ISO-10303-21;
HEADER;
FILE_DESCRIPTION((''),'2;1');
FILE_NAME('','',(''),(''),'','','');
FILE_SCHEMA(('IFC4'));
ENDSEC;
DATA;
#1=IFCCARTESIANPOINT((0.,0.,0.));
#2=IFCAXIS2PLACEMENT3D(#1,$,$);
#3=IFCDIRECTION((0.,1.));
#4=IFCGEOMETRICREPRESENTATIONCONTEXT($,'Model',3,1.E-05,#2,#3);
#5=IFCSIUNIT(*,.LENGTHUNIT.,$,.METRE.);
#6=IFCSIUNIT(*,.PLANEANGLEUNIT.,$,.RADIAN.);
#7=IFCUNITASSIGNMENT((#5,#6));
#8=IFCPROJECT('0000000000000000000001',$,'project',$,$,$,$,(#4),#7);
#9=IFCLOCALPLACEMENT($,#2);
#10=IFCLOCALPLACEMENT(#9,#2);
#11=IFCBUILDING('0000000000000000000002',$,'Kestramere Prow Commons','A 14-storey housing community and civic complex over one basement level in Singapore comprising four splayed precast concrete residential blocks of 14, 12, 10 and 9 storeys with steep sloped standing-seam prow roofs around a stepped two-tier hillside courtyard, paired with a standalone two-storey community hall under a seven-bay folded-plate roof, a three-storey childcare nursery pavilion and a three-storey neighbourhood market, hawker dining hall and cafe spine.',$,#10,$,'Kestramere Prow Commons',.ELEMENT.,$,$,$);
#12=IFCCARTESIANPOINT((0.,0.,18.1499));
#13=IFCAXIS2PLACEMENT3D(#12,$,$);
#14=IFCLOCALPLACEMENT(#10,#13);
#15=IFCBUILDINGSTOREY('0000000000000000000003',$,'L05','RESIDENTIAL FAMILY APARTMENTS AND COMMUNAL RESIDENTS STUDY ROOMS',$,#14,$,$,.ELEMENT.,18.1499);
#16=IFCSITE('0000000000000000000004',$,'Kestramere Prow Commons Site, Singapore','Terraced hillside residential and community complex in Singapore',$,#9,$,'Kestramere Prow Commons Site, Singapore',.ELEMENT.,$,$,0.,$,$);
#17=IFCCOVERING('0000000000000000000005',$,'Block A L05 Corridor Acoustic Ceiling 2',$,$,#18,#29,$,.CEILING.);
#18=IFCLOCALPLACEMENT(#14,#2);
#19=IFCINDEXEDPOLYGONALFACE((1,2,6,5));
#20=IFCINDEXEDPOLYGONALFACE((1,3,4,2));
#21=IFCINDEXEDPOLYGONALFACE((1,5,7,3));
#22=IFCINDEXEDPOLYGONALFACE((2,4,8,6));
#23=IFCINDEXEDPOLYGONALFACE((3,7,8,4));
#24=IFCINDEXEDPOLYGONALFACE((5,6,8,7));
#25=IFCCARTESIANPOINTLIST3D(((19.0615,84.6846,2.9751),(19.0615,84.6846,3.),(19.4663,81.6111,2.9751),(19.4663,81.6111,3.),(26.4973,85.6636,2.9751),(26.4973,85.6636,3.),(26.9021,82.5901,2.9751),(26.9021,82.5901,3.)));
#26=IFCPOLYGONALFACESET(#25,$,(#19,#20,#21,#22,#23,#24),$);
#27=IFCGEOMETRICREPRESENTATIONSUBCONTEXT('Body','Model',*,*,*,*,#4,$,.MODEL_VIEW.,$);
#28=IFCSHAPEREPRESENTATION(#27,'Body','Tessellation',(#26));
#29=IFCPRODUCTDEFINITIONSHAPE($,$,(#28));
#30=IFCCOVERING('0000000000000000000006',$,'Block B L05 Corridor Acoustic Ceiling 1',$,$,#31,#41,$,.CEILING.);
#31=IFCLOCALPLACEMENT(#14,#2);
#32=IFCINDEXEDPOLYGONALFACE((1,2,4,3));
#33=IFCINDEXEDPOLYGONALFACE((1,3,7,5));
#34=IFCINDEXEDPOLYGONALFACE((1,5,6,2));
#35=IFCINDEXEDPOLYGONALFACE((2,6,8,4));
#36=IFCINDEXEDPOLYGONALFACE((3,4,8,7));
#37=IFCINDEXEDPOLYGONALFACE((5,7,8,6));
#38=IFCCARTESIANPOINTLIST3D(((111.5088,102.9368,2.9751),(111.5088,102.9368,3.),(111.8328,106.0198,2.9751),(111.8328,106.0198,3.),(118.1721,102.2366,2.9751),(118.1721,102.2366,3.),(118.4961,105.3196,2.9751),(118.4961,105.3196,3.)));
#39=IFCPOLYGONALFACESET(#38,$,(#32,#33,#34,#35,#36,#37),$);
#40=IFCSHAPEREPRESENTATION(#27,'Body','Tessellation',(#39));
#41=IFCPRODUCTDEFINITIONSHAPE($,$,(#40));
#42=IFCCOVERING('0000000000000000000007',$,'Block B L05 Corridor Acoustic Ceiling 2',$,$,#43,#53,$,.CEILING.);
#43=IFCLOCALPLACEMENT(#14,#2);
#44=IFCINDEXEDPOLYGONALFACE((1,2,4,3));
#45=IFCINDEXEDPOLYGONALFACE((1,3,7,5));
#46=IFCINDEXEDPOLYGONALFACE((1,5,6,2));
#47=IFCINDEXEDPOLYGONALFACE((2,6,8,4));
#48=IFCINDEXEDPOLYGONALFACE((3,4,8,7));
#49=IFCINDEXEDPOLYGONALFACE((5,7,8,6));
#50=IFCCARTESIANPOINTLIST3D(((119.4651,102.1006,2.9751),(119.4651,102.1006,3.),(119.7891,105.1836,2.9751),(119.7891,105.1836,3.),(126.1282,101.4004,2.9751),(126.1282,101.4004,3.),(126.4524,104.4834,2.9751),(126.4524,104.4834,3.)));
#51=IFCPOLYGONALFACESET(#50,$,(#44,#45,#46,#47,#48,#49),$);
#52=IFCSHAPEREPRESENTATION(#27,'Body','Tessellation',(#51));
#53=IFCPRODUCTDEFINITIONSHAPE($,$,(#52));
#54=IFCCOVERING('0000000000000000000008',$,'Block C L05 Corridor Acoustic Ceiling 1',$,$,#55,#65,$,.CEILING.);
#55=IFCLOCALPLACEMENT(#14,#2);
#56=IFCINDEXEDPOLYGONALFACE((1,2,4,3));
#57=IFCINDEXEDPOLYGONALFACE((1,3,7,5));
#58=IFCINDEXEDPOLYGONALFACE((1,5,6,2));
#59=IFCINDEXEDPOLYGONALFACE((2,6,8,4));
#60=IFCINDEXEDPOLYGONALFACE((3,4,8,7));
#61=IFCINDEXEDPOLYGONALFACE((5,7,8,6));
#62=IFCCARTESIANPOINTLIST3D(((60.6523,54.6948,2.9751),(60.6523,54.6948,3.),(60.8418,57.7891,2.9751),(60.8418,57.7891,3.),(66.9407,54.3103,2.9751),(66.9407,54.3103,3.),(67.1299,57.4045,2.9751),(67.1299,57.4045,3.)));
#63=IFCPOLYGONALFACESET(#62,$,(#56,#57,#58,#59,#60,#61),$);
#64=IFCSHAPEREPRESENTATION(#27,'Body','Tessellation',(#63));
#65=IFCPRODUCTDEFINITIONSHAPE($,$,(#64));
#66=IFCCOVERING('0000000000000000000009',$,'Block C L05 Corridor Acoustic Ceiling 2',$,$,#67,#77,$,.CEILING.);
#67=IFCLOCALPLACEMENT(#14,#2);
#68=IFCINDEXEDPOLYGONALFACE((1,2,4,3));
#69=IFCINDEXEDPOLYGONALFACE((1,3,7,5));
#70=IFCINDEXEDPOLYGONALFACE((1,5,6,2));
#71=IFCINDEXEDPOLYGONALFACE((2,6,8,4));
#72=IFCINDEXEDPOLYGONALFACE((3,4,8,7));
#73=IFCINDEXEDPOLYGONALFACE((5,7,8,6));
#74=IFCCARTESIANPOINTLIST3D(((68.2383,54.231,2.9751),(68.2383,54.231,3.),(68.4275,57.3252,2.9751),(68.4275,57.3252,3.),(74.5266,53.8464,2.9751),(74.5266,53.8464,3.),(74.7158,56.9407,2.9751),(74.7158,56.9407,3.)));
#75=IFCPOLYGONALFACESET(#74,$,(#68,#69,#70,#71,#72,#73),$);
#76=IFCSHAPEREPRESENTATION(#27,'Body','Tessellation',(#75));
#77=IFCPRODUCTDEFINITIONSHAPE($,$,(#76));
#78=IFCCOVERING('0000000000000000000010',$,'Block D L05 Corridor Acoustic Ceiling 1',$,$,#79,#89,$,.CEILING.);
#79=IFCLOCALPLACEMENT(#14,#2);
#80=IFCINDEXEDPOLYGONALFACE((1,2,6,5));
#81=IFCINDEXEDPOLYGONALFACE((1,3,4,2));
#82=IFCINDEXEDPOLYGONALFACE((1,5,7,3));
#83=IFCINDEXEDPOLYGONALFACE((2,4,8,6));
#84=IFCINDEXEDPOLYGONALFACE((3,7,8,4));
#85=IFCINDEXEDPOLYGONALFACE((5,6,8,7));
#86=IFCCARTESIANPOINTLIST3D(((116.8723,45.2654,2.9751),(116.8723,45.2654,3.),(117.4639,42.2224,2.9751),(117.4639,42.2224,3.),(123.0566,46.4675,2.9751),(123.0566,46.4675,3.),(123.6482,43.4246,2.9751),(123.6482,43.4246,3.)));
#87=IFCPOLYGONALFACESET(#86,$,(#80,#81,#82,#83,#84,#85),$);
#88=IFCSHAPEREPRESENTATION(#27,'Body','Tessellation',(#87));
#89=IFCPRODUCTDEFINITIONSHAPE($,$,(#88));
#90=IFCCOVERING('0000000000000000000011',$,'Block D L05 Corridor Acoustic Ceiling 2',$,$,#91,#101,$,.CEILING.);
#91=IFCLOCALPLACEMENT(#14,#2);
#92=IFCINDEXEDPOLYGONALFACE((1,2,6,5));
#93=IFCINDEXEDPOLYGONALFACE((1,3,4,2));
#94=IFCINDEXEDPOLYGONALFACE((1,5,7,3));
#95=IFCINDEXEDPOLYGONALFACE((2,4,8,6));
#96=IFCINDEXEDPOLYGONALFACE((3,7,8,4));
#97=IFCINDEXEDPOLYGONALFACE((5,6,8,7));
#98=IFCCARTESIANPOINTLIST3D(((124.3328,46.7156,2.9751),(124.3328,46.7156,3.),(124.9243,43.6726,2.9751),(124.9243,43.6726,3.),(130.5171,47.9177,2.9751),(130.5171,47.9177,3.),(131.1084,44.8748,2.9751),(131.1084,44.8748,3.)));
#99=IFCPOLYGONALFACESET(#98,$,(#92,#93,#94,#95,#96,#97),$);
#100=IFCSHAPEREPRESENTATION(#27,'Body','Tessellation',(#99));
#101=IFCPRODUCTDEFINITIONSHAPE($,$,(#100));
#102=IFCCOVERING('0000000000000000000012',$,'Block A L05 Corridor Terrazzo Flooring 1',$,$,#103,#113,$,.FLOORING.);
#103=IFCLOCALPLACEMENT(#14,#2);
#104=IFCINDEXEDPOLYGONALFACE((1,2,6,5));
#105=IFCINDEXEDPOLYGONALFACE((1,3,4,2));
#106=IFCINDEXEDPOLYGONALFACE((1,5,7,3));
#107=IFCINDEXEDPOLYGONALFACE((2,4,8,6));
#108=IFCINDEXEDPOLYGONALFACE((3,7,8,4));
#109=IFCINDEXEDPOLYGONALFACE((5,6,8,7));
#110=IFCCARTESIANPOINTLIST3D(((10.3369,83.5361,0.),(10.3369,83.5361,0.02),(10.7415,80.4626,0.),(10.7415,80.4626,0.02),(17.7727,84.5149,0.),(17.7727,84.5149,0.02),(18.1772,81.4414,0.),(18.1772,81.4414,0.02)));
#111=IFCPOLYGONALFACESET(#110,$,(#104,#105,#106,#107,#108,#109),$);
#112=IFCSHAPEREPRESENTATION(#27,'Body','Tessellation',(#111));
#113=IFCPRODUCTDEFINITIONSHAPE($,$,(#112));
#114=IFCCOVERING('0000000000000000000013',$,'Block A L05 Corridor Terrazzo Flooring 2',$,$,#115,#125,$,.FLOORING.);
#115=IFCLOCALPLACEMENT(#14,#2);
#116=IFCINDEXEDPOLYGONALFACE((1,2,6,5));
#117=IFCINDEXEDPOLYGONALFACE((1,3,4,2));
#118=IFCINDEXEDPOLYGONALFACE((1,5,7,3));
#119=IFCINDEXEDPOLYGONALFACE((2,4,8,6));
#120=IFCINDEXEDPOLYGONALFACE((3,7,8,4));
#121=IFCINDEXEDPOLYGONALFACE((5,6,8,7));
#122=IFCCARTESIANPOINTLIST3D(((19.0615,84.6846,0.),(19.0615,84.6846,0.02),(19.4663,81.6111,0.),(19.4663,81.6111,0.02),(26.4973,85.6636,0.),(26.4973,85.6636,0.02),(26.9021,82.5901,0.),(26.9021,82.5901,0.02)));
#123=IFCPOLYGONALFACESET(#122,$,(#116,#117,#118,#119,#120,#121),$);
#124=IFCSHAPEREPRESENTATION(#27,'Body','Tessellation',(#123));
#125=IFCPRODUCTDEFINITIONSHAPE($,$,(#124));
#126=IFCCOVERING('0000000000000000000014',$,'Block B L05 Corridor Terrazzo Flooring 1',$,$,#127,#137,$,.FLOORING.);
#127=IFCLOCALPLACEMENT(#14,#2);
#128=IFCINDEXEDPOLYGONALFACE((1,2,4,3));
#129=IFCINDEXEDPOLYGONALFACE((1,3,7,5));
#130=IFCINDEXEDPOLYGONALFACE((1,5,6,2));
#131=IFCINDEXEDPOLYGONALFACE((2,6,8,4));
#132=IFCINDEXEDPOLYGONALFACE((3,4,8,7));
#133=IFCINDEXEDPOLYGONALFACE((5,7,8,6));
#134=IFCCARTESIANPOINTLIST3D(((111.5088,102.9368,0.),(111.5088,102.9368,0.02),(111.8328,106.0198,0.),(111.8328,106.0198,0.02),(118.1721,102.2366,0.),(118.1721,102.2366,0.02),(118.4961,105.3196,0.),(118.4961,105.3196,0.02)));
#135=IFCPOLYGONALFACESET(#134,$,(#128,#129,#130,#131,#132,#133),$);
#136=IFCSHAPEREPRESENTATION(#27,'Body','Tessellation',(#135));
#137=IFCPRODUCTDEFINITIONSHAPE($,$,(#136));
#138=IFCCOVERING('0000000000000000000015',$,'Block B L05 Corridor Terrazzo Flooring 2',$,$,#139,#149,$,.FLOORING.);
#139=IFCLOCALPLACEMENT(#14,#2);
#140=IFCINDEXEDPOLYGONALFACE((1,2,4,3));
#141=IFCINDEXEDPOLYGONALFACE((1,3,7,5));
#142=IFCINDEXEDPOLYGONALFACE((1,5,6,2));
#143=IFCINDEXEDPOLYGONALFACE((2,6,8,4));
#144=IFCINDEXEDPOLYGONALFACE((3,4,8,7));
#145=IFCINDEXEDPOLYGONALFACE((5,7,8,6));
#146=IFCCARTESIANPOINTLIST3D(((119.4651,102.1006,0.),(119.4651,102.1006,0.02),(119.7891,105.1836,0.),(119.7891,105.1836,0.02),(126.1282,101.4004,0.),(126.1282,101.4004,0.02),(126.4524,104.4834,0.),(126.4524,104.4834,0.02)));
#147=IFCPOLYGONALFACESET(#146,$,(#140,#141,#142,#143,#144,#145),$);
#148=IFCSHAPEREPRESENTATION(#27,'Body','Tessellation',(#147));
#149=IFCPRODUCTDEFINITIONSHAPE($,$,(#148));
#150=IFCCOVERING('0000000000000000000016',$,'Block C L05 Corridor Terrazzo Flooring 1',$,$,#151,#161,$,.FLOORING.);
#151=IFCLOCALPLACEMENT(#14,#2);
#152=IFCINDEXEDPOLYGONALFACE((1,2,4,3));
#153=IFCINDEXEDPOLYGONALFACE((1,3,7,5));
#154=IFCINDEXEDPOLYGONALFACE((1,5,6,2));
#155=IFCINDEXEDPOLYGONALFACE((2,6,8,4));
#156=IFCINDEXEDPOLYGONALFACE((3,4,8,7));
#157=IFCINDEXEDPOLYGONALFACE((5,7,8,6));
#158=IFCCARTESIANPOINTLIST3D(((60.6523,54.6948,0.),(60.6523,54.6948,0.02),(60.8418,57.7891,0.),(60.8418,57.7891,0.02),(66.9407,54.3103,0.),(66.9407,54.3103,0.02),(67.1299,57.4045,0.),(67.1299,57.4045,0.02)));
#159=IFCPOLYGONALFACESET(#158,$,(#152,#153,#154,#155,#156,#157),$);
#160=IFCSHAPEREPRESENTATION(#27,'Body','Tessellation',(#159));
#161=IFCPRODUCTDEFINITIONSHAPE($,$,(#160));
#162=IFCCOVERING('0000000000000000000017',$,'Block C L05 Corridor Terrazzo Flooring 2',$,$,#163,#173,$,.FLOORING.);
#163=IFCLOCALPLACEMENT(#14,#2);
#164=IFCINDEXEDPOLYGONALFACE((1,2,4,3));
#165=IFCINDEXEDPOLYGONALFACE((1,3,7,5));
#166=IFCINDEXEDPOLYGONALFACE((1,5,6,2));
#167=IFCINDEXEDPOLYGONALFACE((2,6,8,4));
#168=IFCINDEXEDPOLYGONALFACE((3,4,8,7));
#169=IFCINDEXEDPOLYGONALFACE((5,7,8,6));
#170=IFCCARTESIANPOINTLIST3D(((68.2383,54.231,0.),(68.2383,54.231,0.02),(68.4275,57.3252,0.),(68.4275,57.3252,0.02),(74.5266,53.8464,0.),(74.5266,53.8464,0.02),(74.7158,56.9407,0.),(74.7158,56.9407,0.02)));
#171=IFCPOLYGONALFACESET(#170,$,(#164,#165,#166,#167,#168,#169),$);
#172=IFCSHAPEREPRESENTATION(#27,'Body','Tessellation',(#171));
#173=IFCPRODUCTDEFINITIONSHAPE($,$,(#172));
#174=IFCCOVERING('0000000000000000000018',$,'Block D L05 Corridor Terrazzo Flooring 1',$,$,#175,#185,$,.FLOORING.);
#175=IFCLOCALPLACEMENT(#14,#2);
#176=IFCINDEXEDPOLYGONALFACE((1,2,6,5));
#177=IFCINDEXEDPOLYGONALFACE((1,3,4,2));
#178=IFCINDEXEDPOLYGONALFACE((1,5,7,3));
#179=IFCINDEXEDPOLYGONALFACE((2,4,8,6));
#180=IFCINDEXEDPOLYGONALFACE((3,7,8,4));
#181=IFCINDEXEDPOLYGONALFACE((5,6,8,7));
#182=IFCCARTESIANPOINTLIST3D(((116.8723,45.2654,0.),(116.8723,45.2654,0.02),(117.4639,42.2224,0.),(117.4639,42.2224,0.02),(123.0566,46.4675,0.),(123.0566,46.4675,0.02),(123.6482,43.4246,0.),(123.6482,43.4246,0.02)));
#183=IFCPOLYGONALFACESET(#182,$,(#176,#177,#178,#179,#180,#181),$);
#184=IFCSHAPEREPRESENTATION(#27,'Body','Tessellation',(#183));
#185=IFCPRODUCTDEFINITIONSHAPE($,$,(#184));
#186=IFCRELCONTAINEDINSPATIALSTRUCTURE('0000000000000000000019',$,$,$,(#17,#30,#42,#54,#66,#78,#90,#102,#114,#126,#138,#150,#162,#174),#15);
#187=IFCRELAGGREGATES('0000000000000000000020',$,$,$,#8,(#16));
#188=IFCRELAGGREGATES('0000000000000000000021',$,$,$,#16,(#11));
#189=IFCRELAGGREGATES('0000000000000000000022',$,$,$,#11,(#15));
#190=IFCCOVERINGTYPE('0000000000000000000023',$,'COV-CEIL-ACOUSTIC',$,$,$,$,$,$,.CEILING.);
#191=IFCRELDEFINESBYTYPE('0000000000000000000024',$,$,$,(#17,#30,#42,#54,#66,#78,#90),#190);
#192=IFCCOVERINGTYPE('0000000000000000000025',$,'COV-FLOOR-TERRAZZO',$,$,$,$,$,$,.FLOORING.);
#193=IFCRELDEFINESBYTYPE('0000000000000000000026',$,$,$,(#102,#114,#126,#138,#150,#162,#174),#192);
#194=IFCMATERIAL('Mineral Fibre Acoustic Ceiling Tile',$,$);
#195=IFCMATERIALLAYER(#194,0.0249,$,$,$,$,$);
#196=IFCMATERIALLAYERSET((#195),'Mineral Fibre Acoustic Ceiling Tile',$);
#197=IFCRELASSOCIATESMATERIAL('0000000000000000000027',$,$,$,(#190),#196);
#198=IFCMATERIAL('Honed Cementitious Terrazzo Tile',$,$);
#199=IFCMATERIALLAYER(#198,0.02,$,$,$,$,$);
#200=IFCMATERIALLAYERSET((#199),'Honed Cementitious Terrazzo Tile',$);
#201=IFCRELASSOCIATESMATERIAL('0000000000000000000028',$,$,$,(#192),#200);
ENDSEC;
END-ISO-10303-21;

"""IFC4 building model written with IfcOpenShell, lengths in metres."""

from ifc_helpers import new_model, si_unit, direction, frame, origin, place, context, subcontext, project, spatial, polyline, outline, extrude, material, layer, layer_set, type_object, element, save


model = new_model("IFC4")

# Units and contexts
model_context = context("Model", 3, precision=1e-05, world=origin(), true_north=direction((0.0, 1.0)))
body_context = subcontext(model_context, "Body", "Model", "MODEL_VIEW")
ifc_project = project(units=[si_unit("LENGTHUNIT", "METRE"), si_unit("PLANEANGLEUNIT", "RADIAN")], contexts=[model_context])

# Site, building, storey
site_placement = place(None, origin())
site = spatial("IfcSite", under=ifc_project, at=site_placement, Name="Kestramere Prow Commons Site, Singapore", Description="Terraced hillside residential and community complex in Singapore", LongName="Kestramere Prow Commons Site, Singapore", CompositionType="ELEMENT", RefElevation=0.0)
building_placement = place(site_placement, origin())
building = spatial("IfcBuilding", under=site, at=building_placement, Name="Kestramere Prow Commons", Description="A 14-storey housing community and civic complex over one basement level in Singapore comprising four splayed precast concrete residential blocks of 14, 12, 10 and 9 storeys with steep sloped standing-seam prow roofs around a stepped two-tier hillside courtyard, paired with a standalone two-storey community hall under a seven-bay folded-plate roof, a three-storey childcare nursery pavilion and a three-storey neighbourhood market, hawker dining hall and cafe spine.", LongName="Kestramere Prow Commons", CompositionType="ELEMENT")
storey_placement = place(building_placement, frame((0.0, 0.0, 18.1499)))
storey = spatial("IfcBuildingStorey", under=building, at=storey_placement, Name="L05", Description="RESIDENTIAL FAMILY APARTMENTS AND COMMUNAL RESIDENTS STUDY ROOMS", CompositionType="ELEMENT", Elevation=18.1499)

# Coverings
ifc_material_1 = material(Name="Mineral Fibre Acoustic Ceiling Tile")
ifc_layer_1 = layer(ifc_material_1, 0.0249)
ifc_layer_set_1 = layer_set([ifc_layer_1], Name="Mineral Fibre Acoustic Ceiling Tile")
covering_type_1 = type_object("IfcCoveringType", Name="COV-CEIL-ACOUSTIC", PredefinedType="CEILING", material=ifc_layer_set_1)
covering_1_placement = place(storey_placement, frame((0.0, 0.0, 2.9751)))
element("IfcCovering", 1, at=covering_1_placement, inside=storey, type_object=covering_type_1, Name="Block A L05 Corridor Acoustic Ceiling 2", PredefinedType="CEILING", context=body_context, shape_type="SweptSolid", body=[
    extrude(outline(polyline([(19.4663, 81.6111), (26.9021, 82.5901), (26.4973, 85.6636), (19.0615, 84.6846), (19.4663, 81.6111)])), origin(), (0.0, 0.0, 1.0), 0.0249),
])
covering_2_placement = place(storey_placement, frame((0.0, 0.0, 2.9751)))
element("IfcCovering", 2, at=covering_2_placement, inside=storey, type_object=covering_type_1, Name="Block B L05 Corridor Acoustic Ceiling 1", PredefinedType="CEILING", context=body_context, shape_type="SweptSolid", body=[
    extrude(outline(polyline([(111.5088, 102.9368), (118.1721, 102.2366), (118.4961, 105.3196), (111.8328, 106.0198), (111.5088, 102.9368)])), origin(), (0.0, 0.0, 1.0), 0.0249),
])
covering_3_placement = place(storey_placement, frame((0.0, 0.0, 2.9751)))
element("IfcCovering", 3, at=covering_3_placement, inside=storey, type_object=covering_type_1, Name="Block B L05 Corridor Acoustic Ceiling 2", PredefinedType="CEILING", context=body_context, shape_type="SweptSolid", body=[
    extrude(outline(polyline([(119.4651, 102.1006), (126.1282, 101.4004), (126.4524, 104.4834), (119.7891, 105.1836), (119.4651, 102.1006)])), origin(), (0.0, 0.0, 1.0), 0.0249),
])
covering_4_placement = place(storey_placement, frame((0.0, 0.0, 2.9751)))
element("IfcCovering", 4, at=covering_4_placement, inside=storey, type_object=covering_type_1, Name="Block C L05 Corridor Acoustic Ceiling 1", PredefinedType="CEILING", context=body_context, shape_type="SweptSolid", body=[
    extrude(outline(polyline([(60.6523, 54.6948), (66.9407, 54.3103), (67.1299, 57.4045), (60.8418, 57.7891), (60.6523, 54.6948)])), origin(), (0.0, 0.0, 1.0), 0.0249),
])
covering_5_placement = place(storey_placement, frame((0.0, 0.0, 2.9751)))
element("IfcCovering", 5, at=covering_5_placement, inside=storey, type_object=covering_type_1, Name="Block C L05 Corridor Acoustic Ceiling 2", PredefinedType="CEILING", context=body_context, shape_type="SweptSolid", body=[
    extrude(outline(polyline([(68.2383, 54.231), (74.5266, 53.8464), (74.7158, 56.9407), (68.4275, 57.3252), (68.2383, 54.231)])), origin(), (0.0, 0.0, 1.0), 0.0249),
])
covering_6_placement = place(storey_placement, frame((0.0, 0.0, 2.9751)))
element("IfcCovering", 6, at=covering_6_placement, inside=storey, type_object=covering_type_1, Name="Block D L05 Corridor Acoustic Ceiling 1", PredefinedType="CEILING", context=body_context, shape_type="SweptSolid", body=[
    extrude(outline(polyline([(117.4639, 42.2224), (123.6482, 43.4246), (123.0566, 46.4675), (116.8723, 45.2654), (117.4639, 42.2224)])), origin(), (0.0, 0.0, 1.0), 0.0249),
])
covering_7_placement = place(storey_placement, frame((0.0, 0.0, 2.9751)))
element("IfcCovering", 7, at=covering_7_placement, inside=storey, type_object=covering_type_1, Name="Block D L05 Corridor Acoustic Ceiling 2", PredefinedType="CEILING", context=body_context, shape_type="SweptSolid", body=[
    extrude(outline(polyline([(124.9243, 43.6726), (131.1084, 44.8748), (130.5171, 47.9177), (124.3328, 46.7156), (124.9243, 43.6726)])), origin(), (0.0, 0.0, 1.0), 0.0249),
])
ifc_material_2 = material(Name="Honed Cementitious Terrazzo Tile")
ifc_layer_2 = layer(ifc_material_2, 0.02)
ifc_layer_set_2 = layer_set([ifc_layer_2], Name="Honed Cementitious Terrazzo Tile")
covering_type_2 = type_object("IfcCoveringType", Name="COV-FLOOR-TERRAZZO", PredefinedType="FLOORING", material=ifc_layer_set_2)
covering_8_placement = place(storey_placement, origin())
element("IfcCovering", 8, at=covering_8_placement, inside=storey, type_object=covering_type_2, Name="Block A L05 Corridor Terrazzo Flooring 1", PredefinedType="FLOORING", context=body_context, shape_type="SweptSolid", body=[
    extrude(outline(polyline([(10.7415, 80.4626), (18.1772, 81.4414), (17.7727, 84.5149), (10.3369, 83.5361), (10.7415, 80.4626)])), origin(), (0.0, 0.0, 1.0), 0.02),
])
covering_9_placement = place(storey_placement, origin())
element("IfcCovering", 9, at=covering_9_placement, inside=storey, type_object=covering_type_2, Name="Block A L05 Corridor Terrazzo Flooring 2", PredefinedType="FLOORING", context=body_context, shape_type="SweptSolid", body=[
    extrude(outline(polyline([(19.4663, 81.6111), (26.9021, 82.5901), (26.4973, 85.6636), (19.0615, 84.6846), (19.4663, 81.6111)])), origin(), (0.0, 0.0, 1.0), 0.02),
])
covering_10_placement = place(storey_placement, origin())
element("IfcCovering", 10, at=covering_10_placement, inside=storey, type_object=covering_type_2, Name="Block B L05 Corridor Terrazzo Flooring 1", PredefinedType="FLOORING", context=body_context, shape_type="SweptSolid", body=[
    extrude(outline(polyline([(111.5088, 102.9368), (118.1721, 102.2366), (118.4961, 105.3196), (111.8328, 106.0198), (111.5088, 102.9368)])), origin(), (0.0, 0.0, 1.0), 0.02),
])
covering_11_placement = place(storey_placement, origin())
element("IfcCovering", 11, at=covering_11_placement, inside=storey, type_object=covering_type_2, Name="Block B L05 Corridor Terrazzo Flooring 2", PredefinedType="FLOORING", context=body_context, shape_type="SweptSolid", body=[
    extrude(outline(polyline([(119.4651, 102.1006), (126.1282, 101.4004), (126.4524, 104.4834), (119.7891, 105.1836), (119.4651, 102.1006)])), origin(), (0.0, 0.0, 1.0), 0.02),
])
covering_12_placement = place(storey_placement, origin())
element("IfcCovering", 12, at=covering_12_placement, inside=storey, type_object=covering_type_2, Name="Block C L05 Corridor Terrazzo Flooring 1", PredefinedType="FLOORING", context=body_context, shape_type="SweptSolid", body=[
    extrude(outline(polyline([(60.6523, 54.6948), (66.9407, 54.3103), (67.1299, 57.4045), (60.8418, 57.7891), (60.6523, 54.6948)])), origin(), (0.0, 0.0, 1.0), 0.02),
])
covering_13_placement = place(storey_placement, origin())
element("IfcCovering", 13, at=covering_13_placement, inside=storey, type_object=covering_type_2, Name="Block C L05 Corridor Terrazzo Flooring 2", PredefinedType="FLOORING", context=body_context, shape_type="SweptSolid", body=[
    extrude(outline(polyline([(68.2383, 54.231), (74.5266, 53.8464), (74.7158, 56.9407), (68.4275, 57.3252), (68.2383, 54.231)])), origin(), (0.0, 0.0, 1.0), 0.02),
])
covering_14_placement = place(storey_placement, origin())
element("IfcCovering", 14, at=covering_14_placement, inside=storey, type_object=covering_type_2, Name="Block D L05 Corridor Terrazzo Flooring 1", PredefinedType="FLOORING", context=body_context, shape_type="SweptSolid", body=[
    extrude(outline(polyline([(117.4639, 42.2224), (123.6482, 43.4246), (123.0566, 46.4675), (116.8723, 45.2654), (117.4639, 42.2224)])), origin(), (0.0, 0.0, 1.0), 0.02),
])

save(model, "model.ifc")
